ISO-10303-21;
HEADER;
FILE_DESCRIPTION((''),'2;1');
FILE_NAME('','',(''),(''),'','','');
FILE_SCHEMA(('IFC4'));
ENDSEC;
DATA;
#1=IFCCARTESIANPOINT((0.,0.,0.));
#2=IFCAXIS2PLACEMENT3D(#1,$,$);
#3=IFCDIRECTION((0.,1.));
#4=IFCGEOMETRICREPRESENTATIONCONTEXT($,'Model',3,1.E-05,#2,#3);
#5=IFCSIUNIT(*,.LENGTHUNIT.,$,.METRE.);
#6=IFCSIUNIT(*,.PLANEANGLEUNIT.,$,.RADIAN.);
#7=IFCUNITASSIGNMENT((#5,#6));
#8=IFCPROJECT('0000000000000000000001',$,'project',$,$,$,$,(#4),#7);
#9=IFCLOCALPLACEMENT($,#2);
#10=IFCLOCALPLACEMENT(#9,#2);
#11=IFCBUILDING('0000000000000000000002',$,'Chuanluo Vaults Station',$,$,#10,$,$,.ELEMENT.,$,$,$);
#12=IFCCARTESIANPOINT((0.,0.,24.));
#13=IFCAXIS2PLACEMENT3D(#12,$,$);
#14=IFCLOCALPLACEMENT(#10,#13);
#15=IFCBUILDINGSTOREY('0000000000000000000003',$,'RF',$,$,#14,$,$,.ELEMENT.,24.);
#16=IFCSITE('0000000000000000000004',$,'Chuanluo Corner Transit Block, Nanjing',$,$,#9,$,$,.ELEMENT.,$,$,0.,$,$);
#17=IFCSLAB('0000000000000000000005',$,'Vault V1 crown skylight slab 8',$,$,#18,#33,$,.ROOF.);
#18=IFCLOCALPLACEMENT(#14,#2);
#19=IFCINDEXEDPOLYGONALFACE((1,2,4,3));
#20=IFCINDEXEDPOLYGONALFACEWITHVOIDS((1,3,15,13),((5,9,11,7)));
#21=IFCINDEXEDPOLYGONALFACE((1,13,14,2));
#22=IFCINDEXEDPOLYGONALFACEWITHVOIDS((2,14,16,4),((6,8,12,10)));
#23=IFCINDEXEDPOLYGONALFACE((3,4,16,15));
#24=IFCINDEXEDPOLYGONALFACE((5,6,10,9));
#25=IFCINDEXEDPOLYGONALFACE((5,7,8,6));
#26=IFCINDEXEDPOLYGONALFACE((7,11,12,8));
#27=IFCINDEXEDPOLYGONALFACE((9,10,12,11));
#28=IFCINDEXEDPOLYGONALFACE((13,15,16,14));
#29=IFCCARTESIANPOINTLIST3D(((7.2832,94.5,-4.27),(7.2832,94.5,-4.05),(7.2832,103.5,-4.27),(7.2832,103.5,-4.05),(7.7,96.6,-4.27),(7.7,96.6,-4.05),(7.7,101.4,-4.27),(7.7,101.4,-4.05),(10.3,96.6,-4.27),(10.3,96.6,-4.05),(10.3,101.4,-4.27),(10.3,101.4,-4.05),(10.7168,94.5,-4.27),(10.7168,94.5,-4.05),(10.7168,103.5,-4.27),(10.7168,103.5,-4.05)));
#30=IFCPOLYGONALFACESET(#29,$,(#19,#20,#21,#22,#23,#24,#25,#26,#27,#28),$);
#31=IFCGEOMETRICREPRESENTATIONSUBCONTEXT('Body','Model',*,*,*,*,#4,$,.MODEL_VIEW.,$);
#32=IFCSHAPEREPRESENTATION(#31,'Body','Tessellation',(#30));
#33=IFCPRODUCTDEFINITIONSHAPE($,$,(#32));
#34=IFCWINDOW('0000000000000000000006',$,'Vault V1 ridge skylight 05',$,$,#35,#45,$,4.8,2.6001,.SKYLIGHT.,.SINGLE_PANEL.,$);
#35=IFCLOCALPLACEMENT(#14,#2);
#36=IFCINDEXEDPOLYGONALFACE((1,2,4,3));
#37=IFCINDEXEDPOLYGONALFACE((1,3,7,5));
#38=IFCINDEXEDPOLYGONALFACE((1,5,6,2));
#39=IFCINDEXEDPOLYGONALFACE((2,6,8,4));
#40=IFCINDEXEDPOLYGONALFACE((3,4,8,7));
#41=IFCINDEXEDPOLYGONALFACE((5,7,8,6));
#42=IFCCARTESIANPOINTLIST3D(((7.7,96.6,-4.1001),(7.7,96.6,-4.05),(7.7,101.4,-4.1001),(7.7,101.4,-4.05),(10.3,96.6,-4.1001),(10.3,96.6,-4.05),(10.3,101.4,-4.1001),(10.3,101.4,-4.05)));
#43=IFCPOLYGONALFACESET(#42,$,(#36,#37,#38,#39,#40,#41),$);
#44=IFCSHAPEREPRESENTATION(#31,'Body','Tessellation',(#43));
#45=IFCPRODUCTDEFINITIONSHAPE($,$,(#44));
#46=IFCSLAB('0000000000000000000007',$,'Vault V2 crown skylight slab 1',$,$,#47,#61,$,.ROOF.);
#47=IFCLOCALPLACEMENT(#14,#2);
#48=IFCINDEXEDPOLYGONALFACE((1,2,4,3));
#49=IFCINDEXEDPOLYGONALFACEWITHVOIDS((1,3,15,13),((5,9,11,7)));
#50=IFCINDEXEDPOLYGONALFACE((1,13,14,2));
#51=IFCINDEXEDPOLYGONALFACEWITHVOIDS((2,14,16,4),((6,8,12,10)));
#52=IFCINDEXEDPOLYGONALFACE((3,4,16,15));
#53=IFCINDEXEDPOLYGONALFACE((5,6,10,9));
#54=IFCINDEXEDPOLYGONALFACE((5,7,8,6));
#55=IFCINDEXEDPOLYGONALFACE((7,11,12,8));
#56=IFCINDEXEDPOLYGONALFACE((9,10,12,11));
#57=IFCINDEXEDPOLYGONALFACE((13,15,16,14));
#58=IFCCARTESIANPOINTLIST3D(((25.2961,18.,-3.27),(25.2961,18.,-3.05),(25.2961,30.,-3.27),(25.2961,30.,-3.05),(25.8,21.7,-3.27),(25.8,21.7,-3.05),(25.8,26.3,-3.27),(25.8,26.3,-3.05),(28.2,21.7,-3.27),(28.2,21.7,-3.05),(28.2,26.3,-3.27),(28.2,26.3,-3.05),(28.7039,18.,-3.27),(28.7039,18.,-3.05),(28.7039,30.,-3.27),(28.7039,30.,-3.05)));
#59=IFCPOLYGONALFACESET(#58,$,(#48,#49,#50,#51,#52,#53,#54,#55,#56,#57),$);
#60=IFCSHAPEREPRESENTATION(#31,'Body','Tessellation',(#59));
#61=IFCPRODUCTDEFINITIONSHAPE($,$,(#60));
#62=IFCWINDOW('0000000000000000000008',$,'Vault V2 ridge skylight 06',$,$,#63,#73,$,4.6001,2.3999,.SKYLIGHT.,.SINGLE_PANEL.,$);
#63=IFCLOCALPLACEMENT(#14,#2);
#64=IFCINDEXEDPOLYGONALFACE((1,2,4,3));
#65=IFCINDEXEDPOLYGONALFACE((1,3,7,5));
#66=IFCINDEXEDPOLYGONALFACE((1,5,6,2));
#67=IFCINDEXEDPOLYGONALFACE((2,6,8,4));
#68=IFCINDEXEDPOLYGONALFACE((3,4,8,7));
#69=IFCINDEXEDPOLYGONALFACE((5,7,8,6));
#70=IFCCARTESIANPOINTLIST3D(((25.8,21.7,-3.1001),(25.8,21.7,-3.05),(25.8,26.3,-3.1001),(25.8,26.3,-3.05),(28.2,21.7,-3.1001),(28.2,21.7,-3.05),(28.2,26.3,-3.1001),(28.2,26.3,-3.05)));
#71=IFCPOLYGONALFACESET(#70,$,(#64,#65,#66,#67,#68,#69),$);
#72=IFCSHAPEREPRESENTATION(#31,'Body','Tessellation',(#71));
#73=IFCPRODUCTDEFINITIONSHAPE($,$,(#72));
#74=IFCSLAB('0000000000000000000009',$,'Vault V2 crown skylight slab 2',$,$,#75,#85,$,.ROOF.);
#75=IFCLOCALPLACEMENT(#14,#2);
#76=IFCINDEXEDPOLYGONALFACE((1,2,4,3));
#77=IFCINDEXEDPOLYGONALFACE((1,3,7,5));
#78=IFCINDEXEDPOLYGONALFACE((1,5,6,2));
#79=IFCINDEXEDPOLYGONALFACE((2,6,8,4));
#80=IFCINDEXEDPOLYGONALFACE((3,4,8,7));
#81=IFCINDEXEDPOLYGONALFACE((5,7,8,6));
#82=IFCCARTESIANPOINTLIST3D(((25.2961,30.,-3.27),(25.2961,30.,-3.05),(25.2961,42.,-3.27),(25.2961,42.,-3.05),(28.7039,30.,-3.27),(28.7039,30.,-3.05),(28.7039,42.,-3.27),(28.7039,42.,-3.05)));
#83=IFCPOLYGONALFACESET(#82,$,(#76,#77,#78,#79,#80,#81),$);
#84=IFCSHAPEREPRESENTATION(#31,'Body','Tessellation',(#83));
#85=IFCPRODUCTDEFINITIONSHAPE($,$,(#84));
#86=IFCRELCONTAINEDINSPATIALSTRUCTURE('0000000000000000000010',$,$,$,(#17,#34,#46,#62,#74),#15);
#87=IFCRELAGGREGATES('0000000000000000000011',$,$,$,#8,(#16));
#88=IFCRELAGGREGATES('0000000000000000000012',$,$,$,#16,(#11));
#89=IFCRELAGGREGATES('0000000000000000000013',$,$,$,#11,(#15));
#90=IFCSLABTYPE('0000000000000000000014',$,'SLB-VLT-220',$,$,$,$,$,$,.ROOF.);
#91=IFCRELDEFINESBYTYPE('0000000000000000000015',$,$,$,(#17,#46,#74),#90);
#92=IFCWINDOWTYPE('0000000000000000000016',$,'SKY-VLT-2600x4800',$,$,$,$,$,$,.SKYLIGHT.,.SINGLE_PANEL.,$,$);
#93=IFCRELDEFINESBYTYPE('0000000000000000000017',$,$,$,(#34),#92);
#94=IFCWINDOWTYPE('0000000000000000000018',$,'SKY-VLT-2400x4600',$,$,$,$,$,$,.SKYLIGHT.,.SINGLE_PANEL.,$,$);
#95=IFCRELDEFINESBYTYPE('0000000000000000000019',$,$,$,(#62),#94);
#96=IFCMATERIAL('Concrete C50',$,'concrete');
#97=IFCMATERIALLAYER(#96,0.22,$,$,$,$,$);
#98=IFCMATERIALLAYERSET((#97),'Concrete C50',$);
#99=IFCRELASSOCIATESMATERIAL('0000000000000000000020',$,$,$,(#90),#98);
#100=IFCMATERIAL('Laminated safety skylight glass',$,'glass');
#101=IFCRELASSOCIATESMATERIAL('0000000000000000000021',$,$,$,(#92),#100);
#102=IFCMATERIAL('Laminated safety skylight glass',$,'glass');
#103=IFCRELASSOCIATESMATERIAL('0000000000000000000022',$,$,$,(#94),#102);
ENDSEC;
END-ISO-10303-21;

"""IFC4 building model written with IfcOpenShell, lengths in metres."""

from ifc_helpers import new_model, si_unit, direction, frame, origin, origin_2d, place, context, subcontext, project, spatial, polyline, rectangle, outline, extrude, material, layer, layer_set, type_object, element, fill, save


model = new_model("IFC4")

# Units and contexts
model_context = context("Model", 3, precision=1e-05, world=origin(), true_north=direction((0.0, 1.0)))
body_context = subcontext(model_context, "Body", "Model", "MODEL_VIEW")
ifc_project = project(units=[si_unit("LENGTHUNIT", "METRE"), si_unit("PLANEANGLEUNIT", "RADIAN")], contexts=[model_context])

# Site, building, storey
site_placement = place(None, origin())
site = spatial("IfcSite", under=ifc_project, at=site_placement, Name="Chuanluo Corner Transit Block, Nanjing", CompositionType="ELEMENT", RefElevation=0.0)
building_placement = place(site_placement, origin())
building = spatial("IfcBuilding", under=site, at=building_placement, Name="Chuanluo Vaults Station", CompositionType="ELEMENT")
storey_placement = place(building_placement, frame((0.0, 0.0, 24.0)))
storey = spatial("IfcBuildingStorey", under=building, at=storey_placement, Name="RF", CompositionType="ELEMENT", Elevation=24.0)

# Shared definitions
ifc_material_1 = material(Name="Concrete C50", Category="concrete")
ifc_layer = layer(ifc_material_1, 0.22)
ifc_layer_set = layer_set([ifc_layer], Name="Concrete C50")
slab_type = type_object("IfcSlabType", Name="SLB-VLT-220", PredefinedType="ROOF", material=ifc_layer_set)
ifc_material_2 = material(Name="Laminated safety skylight glass", Category="glass")
window_type_1 = type_object("IfcWindowType", Name="SKY-VLT-2600x4800", PartitioningType="SINGLE_PANEL", PredefinedType="SKYLIGHT", material=ifc_material_2)

# Slabs, openings, windows
slab_1_placement = place(storey_placement, frame((0.0, 0.0, -4.27)))
slab_1 = element("IfcSlab", 1, at=slab_1_placement, inside=storey, type_object=slab_type, Name="Vault V1 crown skylight slab 8", PredefinedType="ROOF", context=body_context, shape_type="SweptSolid", body=[
    extrude(outline(polyline([(7.2832, 94.5), (10.7168, 94.5), (10.7168, 103.5), (7.2832, 103.5), (7.2832, 94.5)])), origin(), (0.0, 0.0, 1.0), 0.22),
])
opening_1_placement = place(slab_1_placement, frame((9.0, 99.0, 0.0)))
opening_1 = element("IfcOpeningElement", 2, at=opening_1_placement, cuts=slab_1, PredefinedType="OPENING", context=body_context, shape_type="SweptSolid", body=[
    extrude(rectangle(XDim=2.6001, YDim=4.8, at=origin_2d()), frame((0.0, 0.0, -0.01)), (0.0, 0.0, 1.0), 0.24),
])
window_1_placement = place(opening_1_placement, frame((0.0, 0.0, 0.1699)))
window_1 = element("IfcWindow", 3, at=window_1_placement, inside=storey, type_object=window_type_1, Name="Vault V1 ridge skylight 05", OverallHeight=4.8, OverallWidth=2.6001, PartitioningType="SINGLE_PANEL", PredefinedType="SKYLIGHT", context=body_context, shape_type="SweptSolid", body=[
    extrude(rectangle(XDim=2.6001, YDim=4.8, at=origin_2d()), origin(), (0.0, 0.0, 1.0), 0.05),
])
fill(opening_1, window_1)
slab_2_placement = place(storey_placement, frame((0.0, 0.0, -3.27)))
slab_2 = element("IfcSlab", 4, at=slab_2_placement, inside=storey, type_object=slab_type, Name="Vault V2 crown skylight slab 1", PredefinedType="ROOF", context=body_context, shape_type="SweptSolid", body=[
    extrude(outline(polyline([(25.2961, 18.0), (28.7039, 18.0), (28.7039, 30.0), (25.2961, 30.0), (25.2961, 18.0)])), origin(), (0.0, 0.0, 1.0), 0.22),
])
opening_2_placement = place(slab_2_placement, frame((27.0, 24.0, 0.0)))
opening_2 = element("IfcOpeningElement", 5, at=opening_2_placement, cuts=slab_2, PredefinedType="OPENING", context=body_context, shape_type="SweptSolid", body=[
    extrude(rectangle(XDim=2.3999, YDim=4.6001, at=origin_2d()), frame((0.0, 0.0, -0.01)), (0.0, 0.0, 1.0), 0.24),
])
ifc_material_3 = material(Name="Laminated safety skylight glass", Category="glass")
window_type_2 = type_object("IfcWindowType", Name="SKY-VLT-2400x4600", PartitioningType="SINGLE_PANEL", PredefinedType="SKYLIGHT", material=ifc_material_3)
window_2_placement = place(opening_2_placement, frame((0.0, 0.0, 0.1699)))
window_2 = element("IfcWindow", 6, at=window_2_placement, inside=storey, type_object=window_type_2, Name="Vault V2 ridge skylight 06", OverallHeight=4.6001, OverallWidth=2.3999, PartitioningType="SINGLE_PANEL", PredefinedType="SKYLIGHT", context=body_context, shape_type="SweptSolid", body=[
    extrude(rectangle(XDim=2.3999, YDim=4.6001, at=origin_2d()), origin(), (0.0, 0.0, 1.0), 0.05),
])
fill(opening_2, window_2)

# Slab
slab_3_placement = place(storey_placement, frame((0.0, 0.0, -3.27)))
element("IfcSlab", 7, at=slab_3_placement, inside=storey, type_object=slab_type, Name="Vault V2 crown skylight slab 2", PredefinedType="ROOF", context=body_context, shape_type="SweptSolid", body=[
    extrude(outline(polyline([(25.2961, 30.0), (28.7039, 30.0), (28.7039, 42.0), (25.2961, 42.0), (25.2961, 30.0)])), origin(), (0.0, 0.0, 1.0), 0.22),
])

save(model, "model.ifc")
